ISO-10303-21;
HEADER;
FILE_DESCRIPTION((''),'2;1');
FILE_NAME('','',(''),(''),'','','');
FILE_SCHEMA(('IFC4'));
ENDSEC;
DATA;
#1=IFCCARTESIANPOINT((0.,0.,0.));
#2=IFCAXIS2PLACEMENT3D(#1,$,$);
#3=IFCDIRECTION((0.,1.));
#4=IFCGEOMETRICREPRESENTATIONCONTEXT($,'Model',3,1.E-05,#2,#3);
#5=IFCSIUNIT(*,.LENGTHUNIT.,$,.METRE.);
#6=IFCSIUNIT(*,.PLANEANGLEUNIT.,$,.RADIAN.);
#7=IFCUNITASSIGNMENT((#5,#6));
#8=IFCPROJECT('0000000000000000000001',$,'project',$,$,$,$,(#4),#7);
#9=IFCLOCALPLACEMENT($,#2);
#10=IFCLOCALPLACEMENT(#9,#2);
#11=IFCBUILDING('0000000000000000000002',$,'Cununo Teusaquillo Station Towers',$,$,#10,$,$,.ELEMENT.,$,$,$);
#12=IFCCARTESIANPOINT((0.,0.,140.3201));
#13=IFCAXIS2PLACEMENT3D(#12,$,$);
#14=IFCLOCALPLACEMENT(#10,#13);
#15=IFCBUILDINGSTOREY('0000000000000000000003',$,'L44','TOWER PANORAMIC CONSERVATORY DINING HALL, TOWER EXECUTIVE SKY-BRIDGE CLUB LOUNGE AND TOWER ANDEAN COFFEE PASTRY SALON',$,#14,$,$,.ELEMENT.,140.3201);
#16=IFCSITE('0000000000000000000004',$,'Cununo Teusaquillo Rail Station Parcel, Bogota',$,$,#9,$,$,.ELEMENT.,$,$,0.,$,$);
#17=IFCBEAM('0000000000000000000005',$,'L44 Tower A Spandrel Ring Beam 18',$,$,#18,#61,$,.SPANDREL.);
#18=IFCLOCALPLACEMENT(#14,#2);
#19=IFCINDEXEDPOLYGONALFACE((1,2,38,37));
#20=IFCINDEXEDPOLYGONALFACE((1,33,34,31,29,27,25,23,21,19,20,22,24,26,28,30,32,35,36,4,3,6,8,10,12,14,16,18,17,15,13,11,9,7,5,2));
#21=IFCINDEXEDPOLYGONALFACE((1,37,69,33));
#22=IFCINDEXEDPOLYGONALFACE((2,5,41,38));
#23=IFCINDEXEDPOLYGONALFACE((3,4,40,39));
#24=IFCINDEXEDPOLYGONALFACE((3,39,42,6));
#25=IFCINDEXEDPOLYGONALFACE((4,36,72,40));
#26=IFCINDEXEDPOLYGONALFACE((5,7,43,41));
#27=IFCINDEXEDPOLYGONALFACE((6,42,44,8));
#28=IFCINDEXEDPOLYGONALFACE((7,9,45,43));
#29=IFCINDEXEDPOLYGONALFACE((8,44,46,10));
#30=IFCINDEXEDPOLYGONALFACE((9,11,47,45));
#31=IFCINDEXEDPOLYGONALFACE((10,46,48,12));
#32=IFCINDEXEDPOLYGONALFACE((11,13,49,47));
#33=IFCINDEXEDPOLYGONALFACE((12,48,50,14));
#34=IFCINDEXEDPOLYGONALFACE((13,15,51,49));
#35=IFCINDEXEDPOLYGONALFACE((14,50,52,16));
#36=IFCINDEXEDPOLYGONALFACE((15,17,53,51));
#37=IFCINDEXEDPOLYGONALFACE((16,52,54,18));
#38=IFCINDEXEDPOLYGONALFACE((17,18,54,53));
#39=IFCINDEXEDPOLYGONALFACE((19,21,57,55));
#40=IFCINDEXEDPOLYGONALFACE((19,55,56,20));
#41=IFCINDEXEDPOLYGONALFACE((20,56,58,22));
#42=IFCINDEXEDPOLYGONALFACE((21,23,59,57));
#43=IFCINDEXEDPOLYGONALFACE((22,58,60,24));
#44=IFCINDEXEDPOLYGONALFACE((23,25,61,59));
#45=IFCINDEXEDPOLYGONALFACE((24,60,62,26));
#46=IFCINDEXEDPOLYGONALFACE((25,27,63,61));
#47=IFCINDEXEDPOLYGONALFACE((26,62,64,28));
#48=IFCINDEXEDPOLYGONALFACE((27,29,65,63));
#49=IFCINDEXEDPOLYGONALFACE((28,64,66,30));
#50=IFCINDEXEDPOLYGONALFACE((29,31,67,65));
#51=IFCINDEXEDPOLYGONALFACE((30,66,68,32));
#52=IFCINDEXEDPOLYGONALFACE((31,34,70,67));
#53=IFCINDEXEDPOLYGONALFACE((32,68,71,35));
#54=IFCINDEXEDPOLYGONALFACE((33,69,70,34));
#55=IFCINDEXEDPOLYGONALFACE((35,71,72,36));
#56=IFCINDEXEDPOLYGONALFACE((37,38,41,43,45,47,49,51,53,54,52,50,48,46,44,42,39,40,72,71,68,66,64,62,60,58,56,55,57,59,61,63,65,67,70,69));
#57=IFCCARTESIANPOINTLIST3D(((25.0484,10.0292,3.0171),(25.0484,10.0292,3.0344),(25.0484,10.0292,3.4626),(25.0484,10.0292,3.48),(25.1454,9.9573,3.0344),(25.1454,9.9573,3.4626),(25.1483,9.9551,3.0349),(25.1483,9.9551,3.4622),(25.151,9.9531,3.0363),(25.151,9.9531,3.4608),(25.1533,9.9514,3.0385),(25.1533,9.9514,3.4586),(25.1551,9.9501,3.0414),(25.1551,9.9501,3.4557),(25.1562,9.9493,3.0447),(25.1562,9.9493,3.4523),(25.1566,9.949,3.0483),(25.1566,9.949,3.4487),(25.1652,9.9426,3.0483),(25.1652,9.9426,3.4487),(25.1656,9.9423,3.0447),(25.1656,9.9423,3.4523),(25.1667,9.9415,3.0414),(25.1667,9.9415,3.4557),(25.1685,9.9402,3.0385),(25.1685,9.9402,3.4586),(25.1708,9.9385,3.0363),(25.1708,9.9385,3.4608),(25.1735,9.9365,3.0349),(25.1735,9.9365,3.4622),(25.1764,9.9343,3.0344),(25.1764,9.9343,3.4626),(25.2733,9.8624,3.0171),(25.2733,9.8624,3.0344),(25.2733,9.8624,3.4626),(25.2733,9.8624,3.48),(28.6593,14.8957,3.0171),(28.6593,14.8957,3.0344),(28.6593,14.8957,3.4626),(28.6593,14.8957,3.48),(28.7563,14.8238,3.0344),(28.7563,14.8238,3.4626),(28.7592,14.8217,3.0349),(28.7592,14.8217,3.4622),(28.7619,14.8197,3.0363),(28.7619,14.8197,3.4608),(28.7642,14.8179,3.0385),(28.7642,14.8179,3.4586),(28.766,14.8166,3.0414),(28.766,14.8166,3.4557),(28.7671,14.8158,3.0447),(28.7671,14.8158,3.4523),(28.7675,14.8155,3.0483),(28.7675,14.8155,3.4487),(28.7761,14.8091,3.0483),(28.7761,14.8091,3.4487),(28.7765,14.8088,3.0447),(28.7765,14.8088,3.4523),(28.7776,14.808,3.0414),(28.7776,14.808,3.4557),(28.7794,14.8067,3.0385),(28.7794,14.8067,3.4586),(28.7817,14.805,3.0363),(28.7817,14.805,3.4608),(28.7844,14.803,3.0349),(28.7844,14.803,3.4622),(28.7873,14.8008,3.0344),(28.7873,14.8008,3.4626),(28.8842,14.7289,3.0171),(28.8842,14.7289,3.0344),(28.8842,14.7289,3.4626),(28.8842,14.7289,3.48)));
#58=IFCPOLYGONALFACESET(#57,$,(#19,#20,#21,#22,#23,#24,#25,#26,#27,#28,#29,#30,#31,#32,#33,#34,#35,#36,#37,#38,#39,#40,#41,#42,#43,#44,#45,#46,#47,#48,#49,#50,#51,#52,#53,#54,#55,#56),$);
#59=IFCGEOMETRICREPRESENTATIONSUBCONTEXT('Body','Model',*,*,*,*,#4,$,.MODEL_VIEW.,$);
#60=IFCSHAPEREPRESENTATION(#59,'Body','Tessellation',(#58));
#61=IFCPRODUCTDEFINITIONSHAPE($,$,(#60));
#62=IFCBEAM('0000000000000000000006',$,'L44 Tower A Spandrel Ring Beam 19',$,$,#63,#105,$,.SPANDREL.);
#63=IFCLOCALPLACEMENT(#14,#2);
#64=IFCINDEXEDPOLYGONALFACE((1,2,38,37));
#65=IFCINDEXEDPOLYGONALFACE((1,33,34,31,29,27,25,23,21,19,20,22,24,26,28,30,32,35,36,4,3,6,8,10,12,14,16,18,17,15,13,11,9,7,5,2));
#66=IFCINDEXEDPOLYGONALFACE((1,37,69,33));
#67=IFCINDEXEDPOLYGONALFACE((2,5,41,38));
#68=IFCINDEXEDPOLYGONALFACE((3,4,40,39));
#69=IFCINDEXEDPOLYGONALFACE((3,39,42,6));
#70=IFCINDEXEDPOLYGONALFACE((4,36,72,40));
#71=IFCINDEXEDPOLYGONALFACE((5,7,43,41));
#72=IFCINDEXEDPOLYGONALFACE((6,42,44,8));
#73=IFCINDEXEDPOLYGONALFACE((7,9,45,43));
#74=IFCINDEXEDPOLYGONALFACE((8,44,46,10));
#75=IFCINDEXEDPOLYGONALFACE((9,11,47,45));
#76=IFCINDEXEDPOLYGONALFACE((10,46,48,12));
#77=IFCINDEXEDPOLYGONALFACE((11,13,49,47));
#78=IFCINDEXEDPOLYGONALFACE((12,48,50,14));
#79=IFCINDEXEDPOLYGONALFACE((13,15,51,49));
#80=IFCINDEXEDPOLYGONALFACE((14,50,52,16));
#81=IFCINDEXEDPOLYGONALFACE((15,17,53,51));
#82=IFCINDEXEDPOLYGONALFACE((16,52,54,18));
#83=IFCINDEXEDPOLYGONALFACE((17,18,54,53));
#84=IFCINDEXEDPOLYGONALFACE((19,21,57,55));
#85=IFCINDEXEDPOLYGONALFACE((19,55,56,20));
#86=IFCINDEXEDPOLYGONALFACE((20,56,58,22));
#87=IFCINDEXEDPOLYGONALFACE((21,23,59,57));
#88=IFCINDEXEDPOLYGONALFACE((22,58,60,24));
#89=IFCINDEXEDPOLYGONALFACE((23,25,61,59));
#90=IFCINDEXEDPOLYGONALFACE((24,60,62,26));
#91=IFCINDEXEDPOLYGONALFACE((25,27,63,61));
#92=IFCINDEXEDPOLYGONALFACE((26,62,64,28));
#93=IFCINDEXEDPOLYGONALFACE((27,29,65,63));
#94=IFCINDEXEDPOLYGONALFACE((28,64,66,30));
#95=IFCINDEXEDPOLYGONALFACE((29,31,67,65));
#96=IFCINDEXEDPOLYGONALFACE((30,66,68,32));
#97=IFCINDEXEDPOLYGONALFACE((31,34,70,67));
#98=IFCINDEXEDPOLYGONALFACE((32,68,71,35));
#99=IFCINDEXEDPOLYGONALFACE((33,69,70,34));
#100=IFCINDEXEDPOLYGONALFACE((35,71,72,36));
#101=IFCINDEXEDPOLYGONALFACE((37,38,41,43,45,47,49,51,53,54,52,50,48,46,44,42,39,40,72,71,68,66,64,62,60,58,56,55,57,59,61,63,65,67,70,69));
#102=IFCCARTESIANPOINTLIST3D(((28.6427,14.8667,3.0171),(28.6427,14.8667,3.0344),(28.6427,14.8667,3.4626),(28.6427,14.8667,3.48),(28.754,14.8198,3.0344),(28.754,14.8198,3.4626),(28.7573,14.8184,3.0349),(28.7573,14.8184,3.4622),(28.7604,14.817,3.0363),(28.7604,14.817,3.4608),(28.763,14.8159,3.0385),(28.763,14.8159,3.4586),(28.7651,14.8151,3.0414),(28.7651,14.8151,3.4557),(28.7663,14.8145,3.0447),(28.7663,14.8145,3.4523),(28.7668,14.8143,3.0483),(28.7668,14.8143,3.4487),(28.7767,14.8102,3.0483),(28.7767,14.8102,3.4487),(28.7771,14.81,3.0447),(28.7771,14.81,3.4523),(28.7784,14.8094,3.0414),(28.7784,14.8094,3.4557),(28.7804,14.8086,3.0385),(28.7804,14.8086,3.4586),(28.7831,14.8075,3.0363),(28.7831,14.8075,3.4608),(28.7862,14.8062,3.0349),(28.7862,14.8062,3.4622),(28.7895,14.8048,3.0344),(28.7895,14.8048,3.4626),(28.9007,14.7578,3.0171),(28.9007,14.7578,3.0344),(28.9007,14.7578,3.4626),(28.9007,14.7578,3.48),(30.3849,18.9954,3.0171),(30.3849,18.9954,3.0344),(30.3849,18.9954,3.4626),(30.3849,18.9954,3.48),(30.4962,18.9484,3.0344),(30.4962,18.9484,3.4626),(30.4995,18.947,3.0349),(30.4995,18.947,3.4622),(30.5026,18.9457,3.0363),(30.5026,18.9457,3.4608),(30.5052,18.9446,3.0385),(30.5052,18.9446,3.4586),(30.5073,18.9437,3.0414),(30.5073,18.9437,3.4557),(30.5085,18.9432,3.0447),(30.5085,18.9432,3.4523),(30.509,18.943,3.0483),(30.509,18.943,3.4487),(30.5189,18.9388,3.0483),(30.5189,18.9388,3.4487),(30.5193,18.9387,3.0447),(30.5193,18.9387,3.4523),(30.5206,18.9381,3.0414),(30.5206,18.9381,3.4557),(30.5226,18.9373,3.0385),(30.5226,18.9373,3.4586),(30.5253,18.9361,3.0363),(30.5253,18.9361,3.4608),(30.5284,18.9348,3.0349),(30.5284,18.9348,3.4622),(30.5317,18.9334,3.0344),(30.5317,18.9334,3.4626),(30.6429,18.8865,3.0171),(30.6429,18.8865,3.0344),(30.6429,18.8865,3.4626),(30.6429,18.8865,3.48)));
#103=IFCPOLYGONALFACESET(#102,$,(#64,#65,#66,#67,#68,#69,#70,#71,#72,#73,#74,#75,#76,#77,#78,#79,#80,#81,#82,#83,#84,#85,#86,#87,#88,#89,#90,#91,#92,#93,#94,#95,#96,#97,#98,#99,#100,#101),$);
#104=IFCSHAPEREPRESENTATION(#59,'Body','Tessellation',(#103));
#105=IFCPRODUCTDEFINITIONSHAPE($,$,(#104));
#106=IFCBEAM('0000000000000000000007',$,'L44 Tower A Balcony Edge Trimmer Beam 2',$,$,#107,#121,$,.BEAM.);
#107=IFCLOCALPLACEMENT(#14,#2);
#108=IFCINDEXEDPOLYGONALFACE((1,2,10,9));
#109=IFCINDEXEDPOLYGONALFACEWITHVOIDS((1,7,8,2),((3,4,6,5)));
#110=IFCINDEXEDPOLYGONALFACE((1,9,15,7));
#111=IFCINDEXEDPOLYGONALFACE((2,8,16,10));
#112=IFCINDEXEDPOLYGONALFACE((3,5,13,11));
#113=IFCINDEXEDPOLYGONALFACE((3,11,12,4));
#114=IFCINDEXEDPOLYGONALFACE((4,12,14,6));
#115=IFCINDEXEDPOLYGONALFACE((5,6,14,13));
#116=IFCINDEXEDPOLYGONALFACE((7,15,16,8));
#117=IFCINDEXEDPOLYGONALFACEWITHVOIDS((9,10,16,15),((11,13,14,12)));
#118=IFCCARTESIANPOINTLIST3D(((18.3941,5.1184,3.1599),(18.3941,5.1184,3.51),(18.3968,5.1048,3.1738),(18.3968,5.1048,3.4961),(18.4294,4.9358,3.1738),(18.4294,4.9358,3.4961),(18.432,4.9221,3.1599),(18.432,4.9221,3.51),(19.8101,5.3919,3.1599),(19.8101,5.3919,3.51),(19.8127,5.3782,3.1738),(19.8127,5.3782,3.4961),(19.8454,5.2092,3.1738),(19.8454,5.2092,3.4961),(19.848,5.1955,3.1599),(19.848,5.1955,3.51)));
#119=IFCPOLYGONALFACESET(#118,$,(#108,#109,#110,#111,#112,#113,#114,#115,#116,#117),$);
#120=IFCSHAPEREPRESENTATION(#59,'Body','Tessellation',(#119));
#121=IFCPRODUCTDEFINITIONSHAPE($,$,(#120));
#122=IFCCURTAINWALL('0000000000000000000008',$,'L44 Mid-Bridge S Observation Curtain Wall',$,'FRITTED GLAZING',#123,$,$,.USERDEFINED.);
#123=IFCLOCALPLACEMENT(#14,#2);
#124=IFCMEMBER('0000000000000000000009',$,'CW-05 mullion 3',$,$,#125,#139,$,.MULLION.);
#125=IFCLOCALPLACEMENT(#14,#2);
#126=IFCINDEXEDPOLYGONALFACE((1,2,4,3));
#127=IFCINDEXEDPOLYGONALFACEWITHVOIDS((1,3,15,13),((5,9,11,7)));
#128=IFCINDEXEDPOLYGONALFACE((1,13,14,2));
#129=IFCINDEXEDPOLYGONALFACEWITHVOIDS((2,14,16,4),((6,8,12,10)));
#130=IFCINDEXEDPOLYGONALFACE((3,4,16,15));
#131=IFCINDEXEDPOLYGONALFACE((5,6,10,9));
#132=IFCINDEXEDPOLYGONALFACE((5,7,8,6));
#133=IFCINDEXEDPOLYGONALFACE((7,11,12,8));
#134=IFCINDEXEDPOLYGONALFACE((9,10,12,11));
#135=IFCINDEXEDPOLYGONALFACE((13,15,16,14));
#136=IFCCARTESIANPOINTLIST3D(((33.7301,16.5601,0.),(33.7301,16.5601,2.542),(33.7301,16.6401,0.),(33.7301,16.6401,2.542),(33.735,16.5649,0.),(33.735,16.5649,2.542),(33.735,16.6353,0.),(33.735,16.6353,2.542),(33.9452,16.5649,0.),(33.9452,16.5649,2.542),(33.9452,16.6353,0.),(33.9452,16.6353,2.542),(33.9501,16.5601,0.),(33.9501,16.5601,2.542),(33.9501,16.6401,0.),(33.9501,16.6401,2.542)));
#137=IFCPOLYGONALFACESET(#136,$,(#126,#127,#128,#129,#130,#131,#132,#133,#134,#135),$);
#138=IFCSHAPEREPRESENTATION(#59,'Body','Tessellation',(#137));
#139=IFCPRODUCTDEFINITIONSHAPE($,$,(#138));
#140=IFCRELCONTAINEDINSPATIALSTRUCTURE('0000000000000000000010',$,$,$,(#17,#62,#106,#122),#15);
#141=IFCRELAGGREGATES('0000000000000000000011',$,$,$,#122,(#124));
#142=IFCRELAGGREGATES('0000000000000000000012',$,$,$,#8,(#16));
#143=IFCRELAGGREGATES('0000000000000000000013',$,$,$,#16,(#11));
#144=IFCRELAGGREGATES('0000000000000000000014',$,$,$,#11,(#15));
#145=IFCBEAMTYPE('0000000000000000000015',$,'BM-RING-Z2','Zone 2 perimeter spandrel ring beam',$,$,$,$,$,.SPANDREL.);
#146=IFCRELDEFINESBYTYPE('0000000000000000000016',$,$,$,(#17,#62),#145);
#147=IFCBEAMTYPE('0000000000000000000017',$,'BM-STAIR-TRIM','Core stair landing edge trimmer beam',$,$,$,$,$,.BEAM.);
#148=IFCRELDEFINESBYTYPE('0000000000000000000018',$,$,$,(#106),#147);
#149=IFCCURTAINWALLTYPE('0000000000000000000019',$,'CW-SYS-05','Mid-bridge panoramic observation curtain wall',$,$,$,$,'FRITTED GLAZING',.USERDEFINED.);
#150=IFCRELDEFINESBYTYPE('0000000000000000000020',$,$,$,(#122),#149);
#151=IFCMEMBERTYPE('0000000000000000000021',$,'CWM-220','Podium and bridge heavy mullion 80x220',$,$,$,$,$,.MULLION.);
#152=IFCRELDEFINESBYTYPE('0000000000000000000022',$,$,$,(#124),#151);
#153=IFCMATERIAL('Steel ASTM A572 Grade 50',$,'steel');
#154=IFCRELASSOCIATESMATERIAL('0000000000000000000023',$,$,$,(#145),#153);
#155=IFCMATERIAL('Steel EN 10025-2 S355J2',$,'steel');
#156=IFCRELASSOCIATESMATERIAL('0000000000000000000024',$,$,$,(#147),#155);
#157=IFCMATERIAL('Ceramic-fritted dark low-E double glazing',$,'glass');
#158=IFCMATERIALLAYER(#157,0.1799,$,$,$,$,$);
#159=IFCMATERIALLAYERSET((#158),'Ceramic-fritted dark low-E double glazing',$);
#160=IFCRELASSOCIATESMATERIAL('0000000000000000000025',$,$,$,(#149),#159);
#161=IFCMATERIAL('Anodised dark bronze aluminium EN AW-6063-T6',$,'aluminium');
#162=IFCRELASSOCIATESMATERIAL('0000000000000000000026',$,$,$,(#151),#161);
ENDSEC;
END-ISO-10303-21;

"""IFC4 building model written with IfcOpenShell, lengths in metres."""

from ifc_helpers import new_model, si_unit, direction, frame, origin, origin_2d, place, context, subcontext, project, spatial, hollow_rectangle, i_section, extrude, material, layer, layer_set, material_profile, profile_set, type_object, element, aggregate, save


model = new_model("IFC4")

# Units and contexts
model_context = context("Model", 3, precision=1e-05, world=origin(), true_north=direction((0.0, 1.0)))
body_context = subcontext(model_context, "Body", "Model", "MODEL_VIEW")
ifc_project = project(units=[si_unit("LENGTHUNIT", "METRE"), si_unit("PLANEANGLEUNIT", "RADIAN")], contexts=[model_context])

# Site, building, storey
site_placement = place(None, origin())
site = spatial("IfcSite", under=ifc_project, at=site_placement, Name="Cununo Teusaquillo Rail Station Parcel, Bogota", CompositionType="ELEMENT", RefElevation=0.0)
building_placement = place(site_placement, origin())
building = spatial("IfcBuilding", under=site, at=building_placement, Name="Cununo Teusaquillo Station Towers", CompositionType="ELEMENT")
storey_placement = place(building_placement, frame((0.0, 0.0, 140.3201)))
storey = spatial("IfcBuildingStorey", under=building, at=storey_placement, Name="L44", Description="TOWER PANORAMIC CONSERVATORY DINING HALL, TOWER EXECUTIVE SKY-BRIDGE CLUB LOUNGE AND TOWER ANDEAN COFFEE PASTRY SALON", CompositionType="ELEMENT", Elevation=140.3201)

# Beams
ifc_material_1 = material(Name="Steel ASTM A572 Grade 50", Category="steel")
ifc_material_profile_1 = material_profile(ifc_material_1, i_section(OverallWidth=0.28, OverallDepth=0.4629, WebThickness=0.0107, FlangeThickness=0.0173, FilletRadius=0.0139, at=origin_2d()), Name="W18X76")
ifc_profile_set_1 = profile_set([ifc_material_profile_1], Name="Steel ASTM A572 Grade 50")
beam_type_1 = type_object("IfcBeamType", Name="BM-RING-Z2", Description="Zone 2 perimeter spandrel ring beam", PredefinedType="SPANDREL", material=ifc_profile_set_1)
beam_1_placement = place(storey_placement, frame((25.1609, 9.9458, 3.2485), z_axis=(0.595873, 0.803079, 0.0), x_axis=(-0.803079, 0.595873, 0.0)))
element("IfcBeam", 1, at=beam_1_placement, inside=storey, type_object=beam_type_1, Name="L44 Tower A Spandrel Ring Beam 18", PredefinedType="SPANDREL", context=body_context, shape_type="SweptSolid", body=[
    extrude(i_section(OverallWidth=0.28, OverallDepth=0.4629, WebThickness=0.0107, FlangeThickness=0.0173, FilletRadius=0.0139, at=origin_2d()), origin(), (0.0, 0.0, 1.0), 6.0598),
])
beam_2_placement = place(storey_placement, frame((28.7717, 14.8123, 3.2485), z_axis=(0.388778, 0.921332, 0.0), x_axis=(-0.921332, 0.388778, 0.0)))
element("IfcBeam", 2, at=beam_2_placement, inside=storey, type_object=beam_type_1, Name="L44 Tower A Spandrel Ring Beam 19", PredefinedType="SPANDREL", context=body_context, shape_type="SweptSolid", body=[
    extrude(i_section(OverallWidth=0.28, OverallDepth=0.4629, WebThickness=0.0107, FlangeThickness=0.0173, FilletRadius=0.0139, at=origin_2d()), origin(), (0.0, 0.0, 1.0), 4.4812),
])
ifc_material_2 = material(Name="Steel EN 10025-2 S355J2", Category="steel")
ifc_material_profile_2 = material_profile(ifc_material_2, hollow_rectangle(XDim=0.2, YDim=0.3501, WallThickness=0.0139, at=origin_2d()), Name="RHS 350x200x14")
ifc_profile_set_2 = profile_set([ifc_material_profile_2], Name="Steel EN 10025-2 S355J2")
beam_type_2 = type_object("IfcBeamType", Name="BM-STAIR-TRIM", Description="Core stair landing edge trimmer beam", PredefinedType="BEAM", material=ifc_profile_set_2)
beam_3_placement = place(storey_placement, frame((18.4131, 5.0203, 3.335), z_axis=(0.981861, 0.189601, 0.0), x_axis=(-0.189601, 0.981861, 0.0)))
element("IfcBeam", 3, at=beam_3_placement, inside=storey, type_object=beam_type_2, Name="L44 Tower A Balcony Edge Trimmer Beam 2", PredefinedType="BEAM", context=body_context, shape_type="SweptSolid", body=[
    extrude(hollow_rectangle(XDim=0.2, YDim=0.3501, WallThickness=0.0139, at=origin_2d()), origin(), (0.0, 0.0, 1.0), 1.4421),
])

# Curtain wall, member
ifc_material_3 = material(Name="Ceramic-fritted dark low-E double glazing", Category="glass")
ifc_layer_1 = layer(ifc_material_3, 0.1799)
ifc_layer_set_1 = layer_set([ifc_layer_1], Name="Ceramic-fritted dark low-E double glazing")
curtain_wall_type = type_object("IfcCurtainWallType", Name="CW-SYS-05", Description="Mid-bridge panoramic observation curtain wall", ElementType="FRITTED GLAZING", PredefinedType="USERDEFINED", material=ifc_layer_set_1)
curtain_wall_placement = place(storey_placement, origin())
curtain_wall = element("IfcCurtainWall", 4, at=curtain_wall_placement, inside=storey, type_object=curtain_wall_type, Name="L44 Mid-Bridge S Observation Curtain Wall", ObjectType="FRITTED GLAZING", PredefinedType="USERDEFINED")
ifc_material_4 = material(Name="Anodised dark bronze aluminium EN AW-6063-T6", Category="aluminium")
ifc_material_profile_3 = material_profile(ifc_material_4, hollow_rectangle(XDim=0.0801, YDim=0.22, WallThickness=0.0049, at=origin_2d()), Name="CW-MULL-80x220")
ifc_profile_set_3 = profile_set([ifc_material_profile_3], Name="Anodised dark bronze aluminium EN AW-6063-T6")
member_type_1 = type_object("IfcMemberType", Name="CWM-220", Description="Podium and bridge heavy mullion 80x220", PredefinedType="MULLION", material=ifc_profile_set_3)
member_1_placement = place(storey_placement, frame((33.8401, 16.6001, 0.0), z_axis=(0.0, 0.0, 1.0), x_axis=(0.0, -1.0, 0.0)))
member_1 = element("IfcMember", 5, at=member_1_placement, type_object=member_type_1, Name="CW-05 mullion 3", PredefinedType="MULLION", context=body_context, shape_type="SweptSolid", body=[
    extrude(hollow_rectangle(XDim=0.0801, YDim=0.22, WallThickness=0.0049, at=origin_2d()), origin(), (0.0, 0.0, 1.0), 2.542),
])
aggregate(curtain_wall, [member_1])

save(model, "model.ifc")
